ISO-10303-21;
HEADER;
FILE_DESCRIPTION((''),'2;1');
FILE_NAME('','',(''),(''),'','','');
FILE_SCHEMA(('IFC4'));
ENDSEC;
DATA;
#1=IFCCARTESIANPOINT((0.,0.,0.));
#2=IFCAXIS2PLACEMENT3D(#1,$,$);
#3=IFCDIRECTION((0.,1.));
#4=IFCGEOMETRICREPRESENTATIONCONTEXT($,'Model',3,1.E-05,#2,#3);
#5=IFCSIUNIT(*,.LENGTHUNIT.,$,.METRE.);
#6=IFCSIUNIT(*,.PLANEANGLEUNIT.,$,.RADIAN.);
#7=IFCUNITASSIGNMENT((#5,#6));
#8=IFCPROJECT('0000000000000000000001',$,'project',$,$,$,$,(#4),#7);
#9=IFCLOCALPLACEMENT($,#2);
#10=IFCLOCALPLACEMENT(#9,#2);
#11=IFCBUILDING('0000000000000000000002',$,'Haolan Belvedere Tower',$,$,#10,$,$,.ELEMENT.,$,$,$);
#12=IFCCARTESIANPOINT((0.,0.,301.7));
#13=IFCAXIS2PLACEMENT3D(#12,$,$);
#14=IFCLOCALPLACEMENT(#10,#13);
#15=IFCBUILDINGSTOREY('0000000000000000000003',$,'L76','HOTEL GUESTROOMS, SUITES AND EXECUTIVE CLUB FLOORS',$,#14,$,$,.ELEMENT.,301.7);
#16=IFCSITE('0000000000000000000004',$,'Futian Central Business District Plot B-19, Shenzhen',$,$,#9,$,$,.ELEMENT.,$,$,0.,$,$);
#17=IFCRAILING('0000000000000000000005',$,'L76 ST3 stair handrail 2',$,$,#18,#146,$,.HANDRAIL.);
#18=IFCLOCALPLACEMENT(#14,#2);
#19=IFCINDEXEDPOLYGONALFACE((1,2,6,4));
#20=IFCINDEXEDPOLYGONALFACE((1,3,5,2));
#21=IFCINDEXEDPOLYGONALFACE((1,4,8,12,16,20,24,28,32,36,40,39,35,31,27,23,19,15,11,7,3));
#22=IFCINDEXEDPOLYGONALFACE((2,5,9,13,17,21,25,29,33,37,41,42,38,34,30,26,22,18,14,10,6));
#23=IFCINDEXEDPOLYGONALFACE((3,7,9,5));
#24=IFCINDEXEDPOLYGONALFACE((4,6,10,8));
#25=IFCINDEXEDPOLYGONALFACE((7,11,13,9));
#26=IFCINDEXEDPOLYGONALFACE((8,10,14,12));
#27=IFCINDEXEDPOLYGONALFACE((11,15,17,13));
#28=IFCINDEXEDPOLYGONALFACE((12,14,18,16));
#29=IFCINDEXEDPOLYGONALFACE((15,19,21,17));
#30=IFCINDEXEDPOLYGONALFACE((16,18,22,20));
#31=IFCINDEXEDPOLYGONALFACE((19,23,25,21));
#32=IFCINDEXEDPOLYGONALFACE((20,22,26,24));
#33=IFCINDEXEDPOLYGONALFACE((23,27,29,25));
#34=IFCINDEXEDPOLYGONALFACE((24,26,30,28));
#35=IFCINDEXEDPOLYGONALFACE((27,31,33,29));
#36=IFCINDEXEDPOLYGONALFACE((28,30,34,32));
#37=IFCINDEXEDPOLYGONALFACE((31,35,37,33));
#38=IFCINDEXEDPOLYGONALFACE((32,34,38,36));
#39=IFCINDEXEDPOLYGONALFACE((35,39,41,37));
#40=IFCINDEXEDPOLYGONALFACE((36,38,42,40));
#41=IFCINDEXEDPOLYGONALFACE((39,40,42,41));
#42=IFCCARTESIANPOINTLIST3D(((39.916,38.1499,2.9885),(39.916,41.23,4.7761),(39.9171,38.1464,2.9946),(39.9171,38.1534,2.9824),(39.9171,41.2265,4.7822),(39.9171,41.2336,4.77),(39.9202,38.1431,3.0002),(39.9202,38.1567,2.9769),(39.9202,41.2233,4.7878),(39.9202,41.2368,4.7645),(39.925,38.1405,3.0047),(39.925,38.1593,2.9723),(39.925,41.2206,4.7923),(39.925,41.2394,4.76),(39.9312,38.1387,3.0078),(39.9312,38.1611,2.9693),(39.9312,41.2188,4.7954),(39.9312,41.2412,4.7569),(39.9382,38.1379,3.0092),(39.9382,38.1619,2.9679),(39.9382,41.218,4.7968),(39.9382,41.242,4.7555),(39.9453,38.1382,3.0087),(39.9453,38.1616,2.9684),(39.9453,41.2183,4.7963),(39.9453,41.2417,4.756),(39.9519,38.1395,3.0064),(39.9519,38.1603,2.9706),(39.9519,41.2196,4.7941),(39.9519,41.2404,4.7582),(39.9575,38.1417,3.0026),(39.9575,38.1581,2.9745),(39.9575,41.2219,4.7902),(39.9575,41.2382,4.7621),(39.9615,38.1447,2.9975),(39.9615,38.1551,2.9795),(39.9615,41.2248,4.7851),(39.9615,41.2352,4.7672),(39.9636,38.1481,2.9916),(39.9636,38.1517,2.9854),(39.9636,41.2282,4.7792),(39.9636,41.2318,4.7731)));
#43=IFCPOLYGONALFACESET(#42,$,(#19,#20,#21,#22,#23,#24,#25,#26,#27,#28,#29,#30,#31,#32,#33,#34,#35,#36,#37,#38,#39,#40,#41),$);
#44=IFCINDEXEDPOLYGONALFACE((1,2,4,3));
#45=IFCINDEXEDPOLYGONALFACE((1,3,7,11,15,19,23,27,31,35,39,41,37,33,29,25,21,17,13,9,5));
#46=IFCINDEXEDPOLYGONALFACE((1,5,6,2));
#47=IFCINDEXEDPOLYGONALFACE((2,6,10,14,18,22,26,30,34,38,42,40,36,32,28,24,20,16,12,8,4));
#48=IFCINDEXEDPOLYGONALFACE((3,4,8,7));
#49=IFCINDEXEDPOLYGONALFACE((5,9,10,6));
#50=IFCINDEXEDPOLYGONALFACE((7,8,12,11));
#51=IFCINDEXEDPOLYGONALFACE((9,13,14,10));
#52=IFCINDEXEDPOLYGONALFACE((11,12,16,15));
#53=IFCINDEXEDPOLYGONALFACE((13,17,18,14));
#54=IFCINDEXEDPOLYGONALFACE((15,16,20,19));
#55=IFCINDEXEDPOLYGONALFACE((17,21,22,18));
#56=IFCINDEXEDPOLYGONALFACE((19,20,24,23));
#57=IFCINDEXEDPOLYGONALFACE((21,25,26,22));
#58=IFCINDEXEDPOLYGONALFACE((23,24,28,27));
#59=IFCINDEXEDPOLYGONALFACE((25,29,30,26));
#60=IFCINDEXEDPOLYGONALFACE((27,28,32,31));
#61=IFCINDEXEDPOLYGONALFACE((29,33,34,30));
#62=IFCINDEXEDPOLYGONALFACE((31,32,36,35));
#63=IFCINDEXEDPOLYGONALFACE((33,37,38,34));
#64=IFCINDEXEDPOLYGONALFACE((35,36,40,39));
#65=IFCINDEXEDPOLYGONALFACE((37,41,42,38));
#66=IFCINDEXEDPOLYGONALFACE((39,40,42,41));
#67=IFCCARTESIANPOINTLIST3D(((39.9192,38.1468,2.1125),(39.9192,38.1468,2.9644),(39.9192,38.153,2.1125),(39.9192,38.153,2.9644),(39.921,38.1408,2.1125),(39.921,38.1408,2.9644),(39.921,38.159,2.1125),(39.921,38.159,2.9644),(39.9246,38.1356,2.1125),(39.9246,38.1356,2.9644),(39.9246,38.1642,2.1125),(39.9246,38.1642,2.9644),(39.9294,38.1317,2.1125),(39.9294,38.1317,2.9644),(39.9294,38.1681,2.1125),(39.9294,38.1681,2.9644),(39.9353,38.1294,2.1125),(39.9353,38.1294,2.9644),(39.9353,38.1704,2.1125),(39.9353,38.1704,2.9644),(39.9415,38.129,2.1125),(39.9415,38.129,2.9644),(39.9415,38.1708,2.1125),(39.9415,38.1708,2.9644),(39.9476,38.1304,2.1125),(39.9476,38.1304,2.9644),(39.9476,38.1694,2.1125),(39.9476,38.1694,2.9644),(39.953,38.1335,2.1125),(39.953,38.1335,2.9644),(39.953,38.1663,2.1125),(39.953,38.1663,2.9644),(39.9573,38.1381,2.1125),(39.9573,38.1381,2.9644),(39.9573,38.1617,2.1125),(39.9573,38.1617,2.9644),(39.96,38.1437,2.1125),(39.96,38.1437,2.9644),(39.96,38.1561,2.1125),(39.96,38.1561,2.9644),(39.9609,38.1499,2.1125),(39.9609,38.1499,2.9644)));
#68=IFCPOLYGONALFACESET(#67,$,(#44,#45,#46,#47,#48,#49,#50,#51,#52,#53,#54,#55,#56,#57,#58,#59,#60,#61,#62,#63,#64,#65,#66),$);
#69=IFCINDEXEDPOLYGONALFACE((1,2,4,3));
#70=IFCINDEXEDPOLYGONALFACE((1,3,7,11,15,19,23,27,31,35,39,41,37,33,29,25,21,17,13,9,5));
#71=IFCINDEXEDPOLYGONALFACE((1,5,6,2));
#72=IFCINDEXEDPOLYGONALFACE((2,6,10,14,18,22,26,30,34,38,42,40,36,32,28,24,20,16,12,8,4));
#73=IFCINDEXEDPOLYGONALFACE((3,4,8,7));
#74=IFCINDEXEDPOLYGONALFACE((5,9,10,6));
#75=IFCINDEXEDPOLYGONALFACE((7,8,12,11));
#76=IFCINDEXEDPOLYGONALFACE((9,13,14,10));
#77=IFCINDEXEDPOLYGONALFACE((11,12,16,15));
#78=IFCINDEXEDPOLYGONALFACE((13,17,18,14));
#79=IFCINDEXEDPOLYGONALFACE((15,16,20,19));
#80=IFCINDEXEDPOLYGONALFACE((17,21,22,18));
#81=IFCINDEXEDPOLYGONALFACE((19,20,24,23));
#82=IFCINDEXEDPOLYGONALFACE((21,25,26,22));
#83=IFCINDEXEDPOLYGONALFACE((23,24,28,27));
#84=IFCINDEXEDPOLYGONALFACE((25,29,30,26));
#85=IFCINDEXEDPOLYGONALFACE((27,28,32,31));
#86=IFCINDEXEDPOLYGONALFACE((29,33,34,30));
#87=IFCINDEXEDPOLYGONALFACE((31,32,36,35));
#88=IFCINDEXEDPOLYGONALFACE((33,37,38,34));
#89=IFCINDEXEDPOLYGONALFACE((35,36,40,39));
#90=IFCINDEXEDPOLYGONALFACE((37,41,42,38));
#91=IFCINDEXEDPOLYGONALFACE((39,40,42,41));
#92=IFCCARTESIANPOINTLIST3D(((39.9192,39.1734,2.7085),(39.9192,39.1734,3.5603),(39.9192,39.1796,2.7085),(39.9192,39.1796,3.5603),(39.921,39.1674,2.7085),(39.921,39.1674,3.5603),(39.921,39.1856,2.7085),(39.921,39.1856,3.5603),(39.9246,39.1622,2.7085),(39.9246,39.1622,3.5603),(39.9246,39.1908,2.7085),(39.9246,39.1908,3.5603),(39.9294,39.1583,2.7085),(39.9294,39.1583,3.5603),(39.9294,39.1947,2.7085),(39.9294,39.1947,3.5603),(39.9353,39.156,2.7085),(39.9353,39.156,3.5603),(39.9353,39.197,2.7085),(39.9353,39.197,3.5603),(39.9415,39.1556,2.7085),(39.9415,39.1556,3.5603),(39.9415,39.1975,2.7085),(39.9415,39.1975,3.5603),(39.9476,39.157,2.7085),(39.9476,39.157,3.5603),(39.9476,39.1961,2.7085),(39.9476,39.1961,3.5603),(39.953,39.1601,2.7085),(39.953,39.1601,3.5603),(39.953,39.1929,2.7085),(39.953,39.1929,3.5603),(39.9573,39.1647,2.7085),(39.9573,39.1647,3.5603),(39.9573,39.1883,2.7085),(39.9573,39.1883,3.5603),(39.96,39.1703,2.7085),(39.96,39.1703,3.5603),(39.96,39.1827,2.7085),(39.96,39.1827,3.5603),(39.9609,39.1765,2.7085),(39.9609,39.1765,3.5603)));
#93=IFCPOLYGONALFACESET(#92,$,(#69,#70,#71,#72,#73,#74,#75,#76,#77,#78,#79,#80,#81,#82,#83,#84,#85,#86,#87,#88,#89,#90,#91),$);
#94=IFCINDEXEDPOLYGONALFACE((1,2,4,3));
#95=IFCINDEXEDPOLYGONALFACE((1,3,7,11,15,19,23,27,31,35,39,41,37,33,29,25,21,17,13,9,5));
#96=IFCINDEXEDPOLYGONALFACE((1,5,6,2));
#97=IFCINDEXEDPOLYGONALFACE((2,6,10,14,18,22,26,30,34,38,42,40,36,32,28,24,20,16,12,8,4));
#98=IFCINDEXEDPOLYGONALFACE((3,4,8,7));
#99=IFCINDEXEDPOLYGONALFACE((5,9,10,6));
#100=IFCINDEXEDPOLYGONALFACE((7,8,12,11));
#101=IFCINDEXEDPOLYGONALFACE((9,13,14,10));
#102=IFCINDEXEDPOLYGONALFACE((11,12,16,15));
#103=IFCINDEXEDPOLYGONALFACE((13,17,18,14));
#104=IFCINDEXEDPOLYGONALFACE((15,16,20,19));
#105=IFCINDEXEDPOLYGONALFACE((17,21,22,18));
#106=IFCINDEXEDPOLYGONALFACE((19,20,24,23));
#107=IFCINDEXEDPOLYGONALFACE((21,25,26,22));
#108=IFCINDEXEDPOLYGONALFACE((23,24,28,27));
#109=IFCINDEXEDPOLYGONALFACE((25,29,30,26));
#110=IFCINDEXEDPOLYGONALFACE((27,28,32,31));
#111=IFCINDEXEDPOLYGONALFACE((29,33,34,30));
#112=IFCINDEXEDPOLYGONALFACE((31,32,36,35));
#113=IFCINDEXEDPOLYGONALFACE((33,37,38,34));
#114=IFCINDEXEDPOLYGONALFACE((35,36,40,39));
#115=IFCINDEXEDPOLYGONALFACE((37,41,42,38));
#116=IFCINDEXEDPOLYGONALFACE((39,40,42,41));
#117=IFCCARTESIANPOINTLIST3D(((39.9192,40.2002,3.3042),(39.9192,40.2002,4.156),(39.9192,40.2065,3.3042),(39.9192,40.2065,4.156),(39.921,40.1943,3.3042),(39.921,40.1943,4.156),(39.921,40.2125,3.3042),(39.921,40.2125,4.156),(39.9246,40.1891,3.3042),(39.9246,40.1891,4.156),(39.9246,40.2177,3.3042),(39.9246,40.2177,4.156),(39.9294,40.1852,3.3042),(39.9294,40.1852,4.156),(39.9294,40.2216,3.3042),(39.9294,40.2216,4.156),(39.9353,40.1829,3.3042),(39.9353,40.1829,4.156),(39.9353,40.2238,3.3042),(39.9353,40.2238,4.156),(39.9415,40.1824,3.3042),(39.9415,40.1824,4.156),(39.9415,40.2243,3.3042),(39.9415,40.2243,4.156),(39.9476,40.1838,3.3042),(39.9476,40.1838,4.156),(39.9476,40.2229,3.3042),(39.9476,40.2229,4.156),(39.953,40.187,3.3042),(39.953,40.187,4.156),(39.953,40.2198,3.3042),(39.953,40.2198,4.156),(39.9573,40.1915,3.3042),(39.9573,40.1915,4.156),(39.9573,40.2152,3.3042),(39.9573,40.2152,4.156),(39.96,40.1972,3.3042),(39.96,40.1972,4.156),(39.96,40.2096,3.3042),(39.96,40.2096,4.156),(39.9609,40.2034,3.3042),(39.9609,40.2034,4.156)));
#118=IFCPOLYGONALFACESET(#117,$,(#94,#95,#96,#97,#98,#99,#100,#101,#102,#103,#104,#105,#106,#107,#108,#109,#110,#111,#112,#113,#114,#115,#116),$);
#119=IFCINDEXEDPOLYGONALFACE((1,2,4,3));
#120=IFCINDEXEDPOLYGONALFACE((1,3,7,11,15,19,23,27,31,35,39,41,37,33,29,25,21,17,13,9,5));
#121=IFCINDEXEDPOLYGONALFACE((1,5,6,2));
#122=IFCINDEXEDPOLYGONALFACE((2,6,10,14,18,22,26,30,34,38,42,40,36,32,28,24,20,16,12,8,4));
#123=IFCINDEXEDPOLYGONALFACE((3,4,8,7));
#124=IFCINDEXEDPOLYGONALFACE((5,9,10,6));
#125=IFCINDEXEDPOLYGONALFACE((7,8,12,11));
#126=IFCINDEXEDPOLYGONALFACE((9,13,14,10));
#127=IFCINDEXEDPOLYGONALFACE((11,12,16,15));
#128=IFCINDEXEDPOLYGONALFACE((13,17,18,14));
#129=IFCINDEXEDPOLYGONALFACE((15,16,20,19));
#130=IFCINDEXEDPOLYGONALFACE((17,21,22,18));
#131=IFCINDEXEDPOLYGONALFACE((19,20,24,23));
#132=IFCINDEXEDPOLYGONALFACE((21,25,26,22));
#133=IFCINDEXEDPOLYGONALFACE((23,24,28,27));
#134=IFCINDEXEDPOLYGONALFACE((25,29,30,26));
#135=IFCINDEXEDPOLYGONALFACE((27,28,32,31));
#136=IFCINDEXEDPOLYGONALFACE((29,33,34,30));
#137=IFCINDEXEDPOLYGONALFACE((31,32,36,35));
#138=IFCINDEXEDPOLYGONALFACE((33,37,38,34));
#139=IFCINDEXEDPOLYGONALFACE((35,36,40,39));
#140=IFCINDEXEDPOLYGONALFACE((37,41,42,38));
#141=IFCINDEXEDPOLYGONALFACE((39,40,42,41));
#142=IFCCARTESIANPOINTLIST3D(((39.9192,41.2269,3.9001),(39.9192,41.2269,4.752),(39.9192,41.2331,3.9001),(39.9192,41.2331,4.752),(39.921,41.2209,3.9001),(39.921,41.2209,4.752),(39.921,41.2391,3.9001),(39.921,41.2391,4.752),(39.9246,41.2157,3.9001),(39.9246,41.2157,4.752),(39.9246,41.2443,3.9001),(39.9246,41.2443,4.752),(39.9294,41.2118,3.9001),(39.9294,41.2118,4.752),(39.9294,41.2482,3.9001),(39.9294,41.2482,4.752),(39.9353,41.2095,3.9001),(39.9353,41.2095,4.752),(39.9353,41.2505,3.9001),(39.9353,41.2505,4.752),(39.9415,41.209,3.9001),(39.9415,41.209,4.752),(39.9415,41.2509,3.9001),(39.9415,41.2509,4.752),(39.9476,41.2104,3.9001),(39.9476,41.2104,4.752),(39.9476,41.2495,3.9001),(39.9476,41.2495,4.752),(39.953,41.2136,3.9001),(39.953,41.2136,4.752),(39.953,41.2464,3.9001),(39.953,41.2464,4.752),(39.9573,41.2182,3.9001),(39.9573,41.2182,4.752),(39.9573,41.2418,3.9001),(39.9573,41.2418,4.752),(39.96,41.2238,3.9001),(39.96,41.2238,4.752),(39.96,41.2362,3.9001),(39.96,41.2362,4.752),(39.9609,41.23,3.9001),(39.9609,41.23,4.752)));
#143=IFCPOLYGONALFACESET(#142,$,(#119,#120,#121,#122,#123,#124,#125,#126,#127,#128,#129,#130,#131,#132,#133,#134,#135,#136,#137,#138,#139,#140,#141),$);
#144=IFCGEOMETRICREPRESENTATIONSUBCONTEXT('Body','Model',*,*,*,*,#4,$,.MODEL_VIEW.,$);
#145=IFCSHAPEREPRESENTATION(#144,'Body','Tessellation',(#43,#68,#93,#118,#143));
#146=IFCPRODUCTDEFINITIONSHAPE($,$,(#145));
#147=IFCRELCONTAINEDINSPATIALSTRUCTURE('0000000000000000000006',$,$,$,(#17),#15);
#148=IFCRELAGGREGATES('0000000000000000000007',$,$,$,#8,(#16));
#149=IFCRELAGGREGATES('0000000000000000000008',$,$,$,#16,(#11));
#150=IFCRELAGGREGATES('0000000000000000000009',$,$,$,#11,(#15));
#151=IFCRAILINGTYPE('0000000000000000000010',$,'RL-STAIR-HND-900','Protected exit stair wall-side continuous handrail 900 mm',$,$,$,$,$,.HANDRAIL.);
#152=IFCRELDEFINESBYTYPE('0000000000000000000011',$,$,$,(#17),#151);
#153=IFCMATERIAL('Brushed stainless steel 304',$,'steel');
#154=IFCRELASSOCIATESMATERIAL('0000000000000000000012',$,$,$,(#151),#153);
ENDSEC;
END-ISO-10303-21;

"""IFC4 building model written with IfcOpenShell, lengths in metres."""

from ifc_helpers import new_model, si_unit, direction, frame, origin, origin_2d, place, context, subcontext, project, spatial, circle, extrude, material, type_object, element, save


model = new_model("IFC4")

# Units and contexts
model_context = context("Model", 3, precision=1e-05, world=origin(), true_north=direction((0.0, 1.0)))
body_context = subcontext(model_context, "Body", "Model", "MODEL_VIEW")
ifc_project = project(units=[si_unit("LENGTHUNIT", "METRE"), si_unit("PLANEANGLEUNIT", "RADIAN")], contexts=[model_context])

# Site, building, storey
site_placement = place(None, origin())
site = spatial("IfcSite", under=ifc_project, at=site_placement, Name="Futian Central Business District Plot B-19, Shenzhen", CompositionType="ELEMENT", RefElevation=0.0)
building_placement = place(site_placement, origin())
building = spatial("IfcBuilding", under=site, at=building_placement, Name="Haolan Belvedere Tower", CompositionType="ELEMENT")
storey_placement = place(building_placement, frame((0.0, 0.0, 301.7)))
storey = spatial("IfcBuildingStorey", under=building, at=storey_placement, Name="L76", Description="HOTEL GUESTROOMS, SUITES AND EXECUTIVE CLUB FLOORS", CompositionType="ELEMENT", Elevation=301.7)

# Railing
ifc_material_1 = material(Name="Brushed stainless steel 304", Category="steel")
railing_type_1 = type_object("IfcRailingType", Name="RL-STAIR-HND-900", Description="Protected exit stair wall-side continuous handrail 900 mm", PredefinedType="HANDRAIL", material=ifc_material_1)
railing_1_placement = place(storey_placement, frame((39.9399, 38.1499, 2.1125)))
element("IfcRailing", 1, at=railing_1_placement, inside=storey, type_object=railing_type_1, Name="L76 ST3 stair handrail 2", PredefinedType="HANDRAIL", context=body_context, shape_type="SweptSolid", body=[
    extrude(circle(Radius=0.0239, at=origin_2d()), frame((0.0, 0.0, 0.876), z_axis=(0.0, 0.864891, 0.50196), x_axis=(-1.0, 0.0, 0.0)), (0.0, 0.0, 1.0), 3.5613),
    extrude(circle(Radius=0.021, at=origin_2d()), origin(), (0.0, 0.0, 1.0), 0.8518),
    extrude(circle(Radius=0.021, at=origin_2d()), frame((0.0, 1.0266, 0.5959)), (0.0, 0.0, 1.0), 0.8518),
    extrude(circle(Radius=0.021, at=origin_2d()), frame((0.0, 2.0535, 1.1917)), (0.0, 0.0, 1.0), 0.8518),
    extrude(circle(Radius=0.021, at=origin_2d()), frame((0.0, 3.0801, 1.7876)), (0.0, 0.0, 1.0), 0.8518),
])

save(model, "model.ifc")
